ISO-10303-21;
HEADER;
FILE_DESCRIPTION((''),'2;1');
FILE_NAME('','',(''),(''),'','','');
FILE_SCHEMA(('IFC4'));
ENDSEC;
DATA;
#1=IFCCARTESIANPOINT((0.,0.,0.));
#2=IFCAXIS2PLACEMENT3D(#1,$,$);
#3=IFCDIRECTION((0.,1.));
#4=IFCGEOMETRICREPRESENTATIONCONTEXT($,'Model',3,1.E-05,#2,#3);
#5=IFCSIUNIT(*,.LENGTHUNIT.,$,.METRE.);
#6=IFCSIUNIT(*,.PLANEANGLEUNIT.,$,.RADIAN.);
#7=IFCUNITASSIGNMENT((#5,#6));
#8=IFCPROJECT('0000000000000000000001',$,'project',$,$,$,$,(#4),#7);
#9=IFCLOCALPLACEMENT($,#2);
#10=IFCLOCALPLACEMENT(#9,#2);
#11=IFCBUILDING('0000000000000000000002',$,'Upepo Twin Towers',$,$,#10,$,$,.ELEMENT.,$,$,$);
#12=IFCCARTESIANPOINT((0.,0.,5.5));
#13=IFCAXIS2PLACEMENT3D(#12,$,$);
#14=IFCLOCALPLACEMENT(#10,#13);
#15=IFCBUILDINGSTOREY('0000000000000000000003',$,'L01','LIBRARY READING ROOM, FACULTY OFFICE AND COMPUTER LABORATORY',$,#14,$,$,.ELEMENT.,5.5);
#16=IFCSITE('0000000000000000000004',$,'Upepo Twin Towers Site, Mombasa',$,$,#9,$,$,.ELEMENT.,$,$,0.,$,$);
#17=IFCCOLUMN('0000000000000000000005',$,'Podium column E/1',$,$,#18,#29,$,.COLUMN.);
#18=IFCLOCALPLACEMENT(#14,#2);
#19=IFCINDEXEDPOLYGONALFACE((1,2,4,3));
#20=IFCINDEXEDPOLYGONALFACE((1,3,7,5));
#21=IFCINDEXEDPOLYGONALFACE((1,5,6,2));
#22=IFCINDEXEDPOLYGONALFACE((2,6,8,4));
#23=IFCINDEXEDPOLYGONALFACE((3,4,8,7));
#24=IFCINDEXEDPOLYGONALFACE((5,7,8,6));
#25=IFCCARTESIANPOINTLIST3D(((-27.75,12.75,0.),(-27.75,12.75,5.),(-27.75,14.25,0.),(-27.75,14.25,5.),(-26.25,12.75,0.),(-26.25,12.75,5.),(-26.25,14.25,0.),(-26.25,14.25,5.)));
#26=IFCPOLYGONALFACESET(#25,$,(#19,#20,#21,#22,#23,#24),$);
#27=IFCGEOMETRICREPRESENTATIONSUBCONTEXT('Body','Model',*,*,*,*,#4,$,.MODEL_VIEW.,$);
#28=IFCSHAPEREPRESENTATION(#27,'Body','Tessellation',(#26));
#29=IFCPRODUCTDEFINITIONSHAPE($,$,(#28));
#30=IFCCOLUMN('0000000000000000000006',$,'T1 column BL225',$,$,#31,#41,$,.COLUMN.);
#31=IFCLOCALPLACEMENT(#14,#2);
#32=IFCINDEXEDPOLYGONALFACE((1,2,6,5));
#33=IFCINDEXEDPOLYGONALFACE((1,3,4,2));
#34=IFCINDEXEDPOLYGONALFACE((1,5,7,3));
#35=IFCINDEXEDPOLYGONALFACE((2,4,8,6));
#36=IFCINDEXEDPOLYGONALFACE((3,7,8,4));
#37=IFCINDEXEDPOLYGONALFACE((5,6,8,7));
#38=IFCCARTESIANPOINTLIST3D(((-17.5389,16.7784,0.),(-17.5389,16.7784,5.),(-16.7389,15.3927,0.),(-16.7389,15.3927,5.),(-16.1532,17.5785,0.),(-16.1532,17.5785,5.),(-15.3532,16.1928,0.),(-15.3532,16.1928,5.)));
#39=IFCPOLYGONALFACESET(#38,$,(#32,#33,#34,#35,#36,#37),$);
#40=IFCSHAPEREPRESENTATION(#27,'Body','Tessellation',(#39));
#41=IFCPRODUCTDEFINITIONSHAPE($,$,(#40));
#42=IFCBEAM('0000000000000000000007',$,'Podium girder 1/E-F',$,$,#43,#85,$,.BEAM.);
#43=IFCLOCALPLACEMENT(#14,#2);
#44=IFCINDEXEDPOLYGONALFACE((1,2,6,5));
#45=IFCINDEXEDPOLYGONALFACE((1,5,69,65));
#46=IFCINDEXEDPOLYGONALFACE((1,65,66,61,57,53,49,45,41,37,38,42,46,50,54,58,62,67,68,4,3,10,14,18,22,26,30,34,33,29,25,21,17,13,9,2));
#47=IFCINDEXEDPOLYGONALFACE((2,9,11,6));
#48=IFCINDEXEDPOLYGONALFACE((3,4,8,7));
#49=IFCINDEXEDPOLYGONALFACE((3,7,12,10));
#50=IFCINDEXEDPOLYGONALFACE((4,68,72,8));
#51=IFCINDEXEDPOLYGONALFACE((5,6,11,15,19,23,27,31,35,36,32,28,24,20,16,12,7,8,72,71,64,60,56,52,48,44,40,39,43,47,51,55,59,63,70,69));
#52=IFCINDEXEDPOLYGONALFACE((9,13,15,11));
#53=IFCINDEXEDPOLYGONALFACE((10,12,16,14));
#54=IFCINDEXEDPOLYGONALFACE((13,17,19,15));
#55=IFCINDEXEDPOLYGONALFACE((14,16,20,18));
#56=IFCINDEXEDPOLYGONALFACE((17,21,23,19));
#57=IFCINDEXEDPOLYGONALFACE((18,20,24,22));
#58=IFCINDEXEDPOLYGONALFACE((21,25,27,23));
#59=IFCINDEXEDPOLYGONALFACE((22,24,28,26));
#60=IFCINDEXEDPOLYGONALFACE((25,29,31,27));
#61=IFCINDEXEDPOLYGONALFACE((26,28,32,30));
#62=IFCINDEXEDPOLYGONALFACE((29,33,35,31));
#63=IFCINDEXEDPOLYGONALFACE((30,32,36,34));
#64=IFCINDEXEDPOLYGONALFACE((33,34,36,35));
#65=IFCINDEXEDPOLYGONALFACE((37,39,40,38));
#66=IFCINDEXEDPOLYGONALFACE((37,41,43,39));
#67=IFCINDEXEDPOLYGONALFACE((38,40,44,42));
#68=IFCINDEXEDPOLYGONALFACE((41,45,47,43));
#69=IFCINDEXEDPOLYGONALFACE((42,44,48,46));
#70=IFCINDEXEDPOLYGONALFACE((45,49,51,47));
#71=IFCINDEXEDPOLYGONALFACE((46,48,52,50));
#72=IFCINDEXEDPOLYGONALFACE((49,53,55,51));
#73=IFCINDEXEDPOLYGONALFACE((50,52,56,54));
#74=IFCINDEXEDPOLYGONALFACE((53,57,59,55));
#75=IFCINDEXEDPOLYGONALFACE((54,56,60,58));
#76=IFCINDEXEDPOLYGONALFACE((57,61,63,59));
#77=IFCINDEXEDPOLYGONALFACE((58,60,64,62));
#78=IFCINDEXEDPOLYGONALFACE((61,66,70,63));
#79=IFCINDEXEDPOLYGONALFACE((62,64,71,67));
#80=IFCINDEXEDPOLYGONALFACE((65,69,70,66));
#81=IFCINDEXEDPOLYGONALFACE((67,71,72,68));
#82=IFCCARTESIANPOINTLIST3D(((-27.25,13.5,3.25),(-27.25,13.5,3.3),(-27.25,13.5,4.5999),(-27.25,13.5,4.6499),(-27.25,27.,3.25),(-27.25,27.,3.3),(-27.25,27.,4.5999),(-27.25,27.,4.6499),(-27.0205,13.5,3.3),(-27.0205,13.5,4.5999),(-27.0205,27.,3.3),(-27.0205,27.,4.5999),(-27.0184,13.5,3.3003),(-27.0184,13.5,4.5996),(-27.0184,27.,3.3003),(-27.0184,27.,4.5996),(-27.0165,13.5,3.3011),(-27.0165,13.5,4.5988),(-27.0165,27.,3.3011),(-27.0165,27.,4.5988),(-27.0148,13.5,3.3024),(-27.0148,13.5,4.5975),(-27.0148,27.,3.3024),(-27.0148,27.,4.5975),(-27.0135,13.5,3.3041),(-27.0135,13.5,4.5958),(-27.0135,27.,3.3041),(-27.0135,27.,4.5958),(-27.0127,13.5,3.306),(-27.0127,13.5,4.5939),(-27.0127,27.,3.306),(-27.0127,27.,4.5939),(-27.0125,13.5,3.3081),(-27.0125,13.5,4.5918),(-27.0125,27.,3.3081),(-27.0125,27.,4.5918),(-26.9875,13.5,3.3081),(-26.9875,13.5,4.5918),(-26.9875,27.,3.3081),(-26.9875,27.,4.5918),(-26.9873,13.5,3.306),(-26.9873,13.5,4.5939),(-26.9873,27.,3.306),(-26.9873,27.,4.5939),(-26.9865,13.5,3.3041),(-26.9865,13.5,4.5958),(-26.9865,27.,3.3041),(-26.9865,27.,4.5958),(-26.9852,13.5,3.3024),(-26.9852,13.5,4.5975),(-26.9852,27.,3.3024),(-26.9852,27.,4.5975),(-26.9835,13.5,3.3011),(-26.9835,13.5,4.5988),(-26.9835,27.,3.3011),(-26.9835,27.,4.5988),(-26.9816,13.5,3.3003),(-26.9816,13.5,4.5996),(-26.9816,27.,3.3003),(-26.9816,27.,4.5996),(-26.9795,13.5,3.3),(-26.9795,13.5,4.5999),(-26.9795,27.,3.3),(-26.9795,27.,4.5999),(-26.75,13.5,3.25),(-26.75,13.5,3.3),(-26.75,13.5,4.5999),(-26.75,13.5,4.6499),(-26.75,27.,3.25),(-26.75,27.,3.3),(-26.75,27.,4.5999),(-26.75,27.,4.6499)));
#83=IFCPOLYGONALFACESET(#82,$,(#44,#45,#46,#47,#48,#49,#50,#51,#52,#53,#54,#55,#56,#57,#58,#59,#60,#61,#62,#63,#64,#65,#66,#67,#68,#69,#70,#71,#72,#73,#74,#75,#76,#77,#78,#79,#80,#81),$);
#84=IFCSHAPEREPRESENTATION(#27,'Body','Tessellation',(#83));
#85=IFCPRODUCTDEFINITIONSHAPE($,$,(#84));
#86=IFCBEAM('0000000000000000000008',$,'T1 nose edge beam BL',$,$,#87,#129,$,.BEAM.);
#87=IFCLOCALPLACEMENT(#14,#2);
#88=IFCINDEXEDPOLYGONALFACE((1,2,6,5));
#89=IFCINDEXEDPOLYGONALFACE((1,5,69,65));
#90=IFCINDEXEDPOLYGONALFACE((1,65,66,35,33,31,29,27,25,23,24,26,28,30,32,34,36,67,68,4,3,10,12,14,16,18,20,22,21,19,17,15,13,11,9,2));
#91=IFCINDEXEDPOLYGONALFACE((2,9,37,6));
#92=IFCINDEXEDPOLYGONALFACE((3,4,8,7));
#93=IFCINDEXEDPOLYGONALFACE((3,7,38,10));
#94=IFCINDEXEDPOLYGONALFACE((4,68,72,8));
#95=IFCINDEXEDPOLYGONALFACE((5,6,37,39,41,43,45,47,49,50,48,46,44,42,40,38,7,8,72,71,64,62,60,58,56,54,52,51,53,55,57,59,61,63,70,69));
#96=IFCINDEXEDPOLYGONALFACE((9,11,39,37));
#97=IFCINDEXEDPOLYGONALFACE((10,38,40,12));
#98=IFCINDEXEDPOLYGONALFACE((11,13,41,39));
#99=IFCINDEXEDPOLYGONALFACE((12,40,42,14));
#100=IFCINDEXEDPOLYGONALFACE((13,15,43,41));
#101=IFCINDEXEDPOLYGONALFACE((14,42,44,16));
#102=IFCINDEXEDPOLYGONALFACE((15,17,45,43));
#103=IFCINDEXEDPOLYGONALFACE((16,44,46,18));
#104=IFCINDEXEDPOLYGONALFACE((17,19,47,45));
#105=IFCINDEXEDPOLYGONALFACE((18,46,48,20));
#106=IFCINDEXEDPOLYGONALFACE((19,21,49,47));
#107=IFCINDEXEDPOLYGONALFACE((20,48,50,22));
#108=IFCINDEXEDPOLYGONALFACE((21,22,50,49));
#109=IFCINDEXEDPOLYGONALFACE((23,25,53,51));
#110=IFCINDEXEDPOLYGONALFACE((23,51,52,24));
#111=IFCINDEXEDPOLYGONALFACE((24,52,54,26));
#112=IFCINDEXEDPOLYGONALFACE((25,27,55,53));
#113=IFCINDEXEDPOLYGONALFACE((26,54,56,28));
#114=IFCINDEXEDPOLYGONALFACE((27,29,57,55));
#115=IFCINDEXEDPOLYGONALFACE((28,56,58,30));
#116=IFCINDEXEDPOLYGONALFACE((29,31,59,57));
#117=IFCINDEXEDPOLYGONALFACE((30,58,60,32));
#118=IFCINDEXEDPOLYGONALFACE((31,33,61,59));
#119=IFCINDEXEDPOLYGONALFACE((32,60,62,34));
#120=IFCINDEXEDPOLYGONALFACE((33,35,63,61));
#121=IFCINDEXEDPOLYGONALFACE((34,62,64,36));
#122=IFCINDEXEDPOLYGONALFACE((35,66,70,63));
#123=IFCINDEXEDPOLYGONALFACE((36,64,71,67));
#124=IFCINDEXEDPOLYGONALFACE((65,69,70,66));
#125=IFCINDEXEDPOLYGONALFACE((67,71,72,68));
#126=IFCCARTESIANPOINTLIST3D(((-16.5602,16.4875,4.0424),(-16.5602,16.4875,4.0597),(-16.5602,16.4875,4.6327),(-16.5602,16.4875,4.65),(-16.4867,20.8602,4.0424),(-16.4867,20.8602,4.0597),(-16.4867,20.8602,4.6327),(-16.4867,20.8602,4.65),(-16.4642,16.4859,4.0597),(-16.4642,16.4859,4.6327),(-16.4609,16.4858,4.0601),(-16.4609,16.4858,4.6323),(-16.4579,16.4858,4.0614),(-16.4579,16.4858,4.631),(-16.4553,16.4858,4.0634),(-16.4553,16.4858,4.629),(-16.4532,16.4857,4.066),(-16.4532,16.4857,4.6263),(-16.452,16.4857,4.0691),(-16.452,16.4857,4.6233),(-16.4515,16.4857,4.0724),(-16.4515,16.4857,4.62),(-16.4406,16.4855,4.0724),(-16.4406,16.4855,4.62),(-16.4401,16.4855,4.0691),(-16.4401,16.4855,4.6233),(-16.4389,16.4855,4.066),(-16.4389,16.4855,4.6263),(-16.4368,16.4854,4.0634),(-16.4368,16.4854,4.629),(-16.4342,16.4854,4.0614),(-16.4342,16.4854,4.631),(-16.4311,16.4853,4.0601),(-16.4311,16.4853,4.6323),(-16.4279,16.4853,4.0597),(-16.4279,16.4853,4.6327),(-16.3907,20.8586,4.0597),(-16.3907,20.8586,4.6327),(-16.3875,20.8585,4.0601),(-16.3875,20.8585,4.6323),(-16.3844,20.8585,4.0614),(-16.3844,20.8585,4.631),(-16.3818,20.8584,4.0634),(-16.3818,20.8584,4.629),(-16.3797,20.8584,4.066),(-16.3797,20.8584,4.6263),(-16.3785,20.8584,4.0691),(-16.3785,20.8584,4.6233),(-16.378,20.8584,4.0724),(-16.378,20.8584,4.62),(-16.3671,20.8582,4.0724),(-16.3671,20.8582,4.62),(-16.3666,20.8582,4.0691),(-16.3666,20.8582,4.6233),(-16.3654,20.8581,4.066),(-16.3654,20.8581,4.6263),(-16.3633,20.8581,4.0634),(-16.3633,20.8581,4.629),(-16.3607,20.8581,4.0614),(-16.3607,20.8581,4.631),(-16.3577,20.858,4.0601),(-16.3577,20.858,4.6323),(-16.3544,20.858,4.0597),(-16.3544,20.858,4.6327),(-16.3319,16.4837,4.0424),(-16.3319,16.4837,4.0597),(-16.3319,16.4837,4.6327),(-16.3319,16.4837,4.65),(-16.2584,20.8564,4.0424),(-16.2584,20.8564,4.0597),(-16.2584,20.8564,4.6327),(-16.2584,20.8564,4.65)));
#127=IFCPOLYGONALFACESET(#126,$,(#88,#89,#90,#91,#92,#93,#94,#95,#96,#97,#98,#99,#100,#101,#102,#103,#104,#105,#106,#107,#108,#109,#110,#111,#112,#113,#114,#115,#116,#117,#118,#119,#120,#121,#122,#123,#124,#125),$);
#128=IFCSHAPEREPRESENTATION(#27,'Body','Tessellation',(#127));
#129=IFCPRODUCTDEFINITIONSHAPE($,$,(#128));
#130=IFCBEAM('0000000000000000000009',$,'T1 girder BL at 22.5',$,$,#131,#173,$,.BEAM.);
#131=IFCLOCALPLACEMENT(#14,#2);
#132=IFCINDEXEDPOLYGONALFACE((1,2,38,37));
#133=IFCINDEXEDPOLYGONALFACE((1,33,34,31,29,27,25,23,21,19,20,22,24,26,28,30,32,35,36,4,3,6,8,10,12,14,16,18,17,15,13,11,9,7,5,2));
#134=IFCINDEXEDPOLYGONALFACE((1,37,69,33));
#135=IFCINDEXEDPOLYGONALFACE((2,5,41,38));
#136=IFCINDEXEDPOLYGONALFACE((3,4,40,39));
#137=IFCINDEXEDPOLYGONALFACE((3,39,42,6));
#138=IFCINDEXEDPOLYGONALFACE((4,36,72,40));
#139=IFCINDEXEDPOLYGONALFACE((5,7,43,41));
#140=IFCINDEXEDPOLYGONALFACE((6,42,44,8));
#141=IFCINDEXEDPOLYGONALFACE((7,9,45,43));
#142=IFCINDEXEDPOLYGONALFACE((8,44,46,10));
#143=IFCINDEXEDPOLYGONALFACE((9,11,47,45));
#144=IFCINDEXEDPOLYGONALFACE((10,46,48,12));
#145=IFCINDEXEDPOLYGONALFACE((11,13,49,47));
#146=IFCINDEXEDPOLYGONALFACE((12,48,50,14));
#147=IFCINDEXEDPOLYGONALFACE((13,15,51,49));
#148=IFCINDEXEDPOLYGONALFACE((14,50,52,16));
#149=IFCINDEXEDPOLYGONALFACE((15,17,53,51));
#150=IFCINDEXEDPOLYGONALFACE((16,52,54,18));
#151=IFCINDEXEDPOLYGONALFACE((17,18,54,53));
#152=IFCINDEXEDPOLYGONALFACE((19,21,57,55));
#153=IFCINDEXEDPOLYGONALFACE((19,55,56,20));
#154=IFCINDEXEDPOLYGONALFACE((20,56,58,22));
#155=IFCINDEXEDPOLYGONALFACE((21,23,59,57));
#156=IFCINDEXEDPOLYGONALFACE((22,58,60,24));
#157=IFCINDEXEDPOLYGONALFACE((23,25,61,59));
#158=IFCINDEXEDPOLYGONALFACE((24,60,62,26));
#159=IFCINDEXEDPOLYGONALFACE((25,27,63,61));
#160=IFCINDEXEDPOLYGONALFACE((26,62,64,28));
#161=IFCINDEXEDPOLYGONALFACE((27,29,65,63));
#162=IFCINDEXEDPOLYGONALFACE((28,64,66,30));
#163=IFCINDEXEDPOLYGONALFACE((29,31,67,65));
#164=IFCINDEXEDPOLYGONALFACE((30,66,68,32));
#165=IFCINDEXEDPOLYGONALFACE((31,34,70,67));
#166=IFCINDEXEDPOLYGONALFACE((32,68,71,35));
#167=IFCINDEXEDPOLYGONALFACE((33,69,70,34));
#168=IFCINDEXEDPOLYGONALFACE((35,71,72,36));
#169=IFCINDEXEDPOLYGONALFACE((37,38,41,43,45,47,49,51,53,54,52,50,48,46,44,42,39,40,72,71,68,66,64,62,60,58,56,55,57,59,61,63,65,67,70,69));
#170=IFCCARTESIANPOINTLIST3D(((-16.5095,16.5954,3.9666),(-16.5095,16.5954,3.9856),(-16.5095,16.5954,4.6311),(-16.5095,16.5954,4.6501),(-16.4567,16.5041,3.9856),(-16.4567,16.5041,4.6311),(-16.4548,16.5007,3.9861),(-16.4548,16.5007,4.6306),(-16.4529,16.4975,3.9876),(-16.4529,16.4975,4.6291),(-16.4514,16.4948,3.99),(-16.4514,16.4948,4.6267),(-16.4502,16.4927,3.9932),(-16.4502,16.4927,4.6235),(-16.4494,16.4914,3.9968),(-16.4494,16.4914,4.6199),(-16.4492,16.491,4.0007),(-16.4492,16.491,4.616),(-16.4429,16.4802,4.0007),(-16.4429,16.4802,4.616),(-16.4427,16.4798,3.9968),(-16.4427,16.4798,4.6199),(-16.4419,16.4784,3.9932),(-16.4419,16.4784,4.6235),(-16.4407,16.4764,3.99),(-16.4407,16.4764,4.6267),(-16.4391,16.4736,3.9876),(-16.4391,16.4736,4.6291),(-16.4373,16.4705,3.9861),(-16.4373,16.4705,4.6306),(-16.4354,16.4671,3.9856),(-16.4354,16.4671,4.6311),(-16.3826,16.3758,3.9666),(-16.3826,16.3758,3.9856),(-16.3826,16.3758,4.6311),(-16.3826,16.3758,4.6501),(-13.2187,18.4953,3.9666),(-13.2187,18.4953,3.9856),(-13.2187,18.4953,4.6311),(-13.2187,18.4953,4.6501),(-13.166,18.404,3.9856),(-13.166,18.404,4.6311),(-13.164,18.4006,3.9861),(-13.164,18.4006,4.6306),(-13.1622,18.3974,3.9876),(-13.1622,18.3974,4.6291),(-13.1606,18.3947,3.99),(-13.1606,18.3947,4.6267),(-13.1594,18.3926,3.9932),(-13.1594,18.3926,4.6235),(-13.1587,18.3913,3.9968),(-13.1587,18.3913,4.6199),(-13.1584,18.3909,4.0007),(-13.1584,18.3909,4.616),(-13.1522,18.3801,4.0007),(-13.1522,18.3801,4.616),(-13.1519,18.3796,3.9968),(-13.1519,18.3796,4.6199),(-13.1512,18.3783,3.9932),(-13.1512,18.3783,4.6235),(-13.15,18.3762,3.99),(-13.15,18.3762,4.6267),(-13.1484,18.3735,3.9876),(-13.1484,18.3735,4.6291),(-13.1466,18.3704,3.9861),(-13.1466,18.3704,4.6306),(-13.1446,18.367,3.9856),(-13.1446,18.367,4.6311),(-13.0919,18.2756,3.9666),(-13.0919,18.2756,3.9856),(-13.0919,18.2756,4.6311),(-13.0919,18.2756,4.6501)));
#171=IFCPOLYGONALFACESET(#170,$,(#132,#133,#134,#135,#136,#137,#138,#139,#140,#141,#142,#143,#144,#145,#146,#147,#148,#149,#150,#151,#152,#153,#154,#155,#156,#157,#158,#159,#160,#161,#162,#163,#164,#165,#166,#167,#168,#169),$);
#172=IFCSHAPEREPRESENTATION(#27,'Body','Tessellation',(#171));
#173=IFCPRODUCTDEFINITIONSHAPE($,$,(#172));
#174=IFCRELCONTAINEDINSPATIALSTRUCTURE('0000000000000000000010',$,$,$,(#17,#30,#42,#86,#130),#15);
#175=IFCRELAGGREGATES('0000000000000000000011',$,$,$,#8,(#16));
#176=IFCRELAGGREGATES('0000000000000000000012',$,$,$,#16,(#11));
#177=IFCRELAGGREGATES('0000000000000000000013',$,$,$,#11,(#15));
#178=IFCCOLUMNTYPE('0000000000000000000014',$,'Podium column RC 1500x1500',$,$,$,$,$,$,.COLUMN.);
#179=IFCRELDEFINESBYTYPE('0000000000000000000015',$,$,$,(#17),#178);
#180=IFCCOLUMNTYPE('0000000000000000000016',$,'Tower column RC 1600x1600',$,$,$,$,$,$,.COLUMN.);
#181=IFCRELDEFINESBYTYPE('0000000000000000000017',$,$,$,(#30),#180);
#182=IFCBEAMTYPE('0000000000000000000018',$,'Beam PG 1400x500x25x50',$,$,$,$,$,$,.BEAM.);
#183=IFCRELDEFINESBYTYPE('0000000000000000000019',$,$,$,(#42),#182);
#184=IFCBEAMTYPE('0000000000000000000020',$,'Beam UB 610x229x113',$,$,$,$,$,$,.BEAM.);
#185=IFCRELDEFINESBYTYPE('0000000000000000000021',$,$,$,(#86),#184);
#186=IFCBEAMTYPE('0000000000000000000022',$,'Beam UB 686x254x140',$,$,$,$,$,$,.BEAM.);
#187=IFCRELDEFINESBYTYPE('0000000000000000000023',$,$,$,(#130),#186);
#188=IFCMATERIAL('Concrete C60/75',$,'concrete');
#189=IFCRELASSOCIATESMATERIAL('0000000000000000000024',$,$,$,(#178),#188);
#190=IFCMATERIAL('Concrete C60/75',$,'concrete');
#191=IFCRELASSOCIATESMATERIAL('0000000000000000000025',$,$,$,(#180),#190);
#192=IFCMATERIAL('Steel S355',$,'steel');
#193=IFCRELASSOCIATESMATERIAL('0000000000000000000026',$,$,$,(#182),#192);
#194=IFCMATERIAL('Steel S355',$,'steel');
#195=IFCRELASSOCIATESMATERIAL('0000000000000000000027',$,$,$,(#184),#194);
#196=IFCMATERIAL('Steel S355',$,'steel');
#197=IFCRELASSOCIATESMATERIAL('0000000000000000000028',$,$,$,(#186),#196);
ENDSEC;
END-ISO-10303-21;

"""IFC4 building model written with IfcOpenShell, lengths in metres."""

from ifc_helpers import new_model, si_unit, direction, frame, origin, origin_2d, place, context, subcontext, project, spatial, rectangle, i_section, extrude, material, material_profile, profile_set, type_object, element, save


model = new_model("IFC4")

# Units and contexts
model_context = context("Model", 3, precision=1e-05, world=origin(), true_north=direction((0.0, 1.0)))
body_context = subcontext(model_context, "Body", "Model", "MODEL_VIEW")
ifc_project = project(units=[si_unit("LENGTHUNIT", "METRE"), si_unit("PLANEANGLEUNIT", "RADIAN")], contexts=[model_context])

# Site, building, storey
site_placement = place(None, origin())
site = spatial("IfcSite", under=ifc_project, at=site_placement, Name="Upepo Twin Towers Site, Mombasa", CompositionType="ELEMENT", RefElevation=0.0)
building_placement = place(site_placement, origin())
building = spatial("IfcBuilding", under=site, at=building_placement, Name="Upepo Twin Towers", CompositionType="ELEMENT")
storey_placement = place(building_placement, frame((0.0, 0.0, 5.5)))
storey = spatial("IfcBuildingStorey", under=building, at=storey_placement, Name="L01", Description="LIBRARY READING ROOM, FACULTY OFFICE AND COMPUTER LABORATORY", CompositionType="ELEMENT", Elevation=5.5)

# Columns
ifc_material_1 = material(Name="Concrete C60/75", Category="concrete")
ifc_material_profile_1 = material_profile(ifc_material_1, rectangle(XDim=1.5, YDim=1.5, at=origin_2d()), Name="RC 1500x1500")
ifc_profile_set_1 = profile_set([ifc_material_profile_1], Name="Concrete C60/75")
column_type_1 = type_object("IfcColumnType", Name="Podium column RC 1500x1500", PredefinedType="COLUMN", material=ifc_profile_set_1)
column_1_placement = place(storey_placement, frame((-27.0, 13.5, 0.0), z_axis=(0.0, 0.0, 1.0), x_axis=(1.0, 0.0, 0.0)))
element("IfcColumn", 1, at=column_1_placement, inside=storey, type_object=column_type_1, Name="Podium column E/1", PredefinedType="COLUMN", context=body_context, shape_type="SweptSolid", body=[
    extrude(rectangle(XDim=1.5, YDim=1.5, at=origin_2d()), origin(), (0.0, 0.0, 1.0), 5.0),
])
ifc_material_2 = material(Name="Concrete C60/75", Category="concrete")
ifc_material_profile_2 = material_profile(ifc_material_2, rectangle(XDim=1.6001, YDim=1.6001, at=origin_2d()), Name="RC 1600x1600")
ifc_profile_set_2 = profile_set([ifc_material_profile_2], Name="Concrete C60/75")
column_type_2 = type_object("IfcColumnType", Name="Tower column RC 1600x1600", PredefinedType="COLUMN", material=ifc_profile_set_2)
column_2_placement = place(storey_placement, frame((-16.446, 16.4856, 0.0), z_axis=(0.0, 0.0, 1.0), x_axis=(0.866025, 0.5, 0.0)))
element("IfcColumn", 2, at=column_2_placement, inside=storey, type_object=column_type_2, Name="T1 column BL225", PredefinedType="COLUMN", context=body_context, shape_type="SweptSolid", body=[
    extrude(rectangle(XDim=1.6001, YDim=1.6001, at=origin_2d()), origin(), (0.0, 0.0, 1.0), 5.0),
])

# Beams
ifc_material_3 = material(Name="Steel S355", Category="steel")
ifc_material_profile_3 = material_profile(ifc_material_3, i_section(OverallWidth=0.5, OverallDepth=1.3999, WebThickness=0.0249, FlangeThickness=0.05, FilletRadius=0.0081, at=origin_2d()), Name="PG 1400x500x25x50")
ifc_profile_set_3 = profile_set([ifc_material_profile_3], Name="Steel S355")
beam_type_1 = type_object("IfcBeamType", Name="Beam PG 1400x500x25x50", PredefinedType="BEAM", material=ifc_profile_set_3)
beam_1_placement = place(storey_placement, frame((-27.0, 13.5, 3.95), z_axis=(0.0, 1.0, 0.0), x_axis=(-1.0, 0.0, 0.0)))
element("IfcBeam", 3, at=beam_1_placement, inside=storey, type_object=beam_type_1, Name="Podium girder 1/E-F", PredefinedType="BEAM", context=body_context, shape_type="SweptSolid", body=[
    extrude(i_section(OverallWidth=0.5, OverallDepth=1.3999, WebThickness=0.0249, FlangeThickness=0.05, FilletRadius=0.0081, at=origin_2d()), origin(), (0.0, 0.0, 1.0), 13.5),
])
ifc_material_4 = material(Name="Steel S355", Category="steel")
ifc_material_profile_4 = material_profile(ifc_material_4, i_section(OverallWidth=0.2283, OverallDepth=0.6077, WebThickness=0.011, FlangeThickness=0.0173, FilletRadius=0.0127, at=origin_2d()), Name="UB 610x229x113")
ifc_profile_set_4 = profile_set([ifc_material_profile_4], Name="Steel S355")
beam_type_2 = type_object("IfcBeamType", Name="Beam UB 610x229x113", PredefinedType="BEAM", material=ifc_profile_set_4)
beam_2_placement = place(storey_placement, frame((-16.446, 16.4856, 4.3462), z_axis=(0.016804, 0.999859, 0.0), x_axis=(-0.999859, 0.016804, 0.0)))
element("IfcBeam", 4, at=beam_2_placement, inside=storey, type_object=beam_type_2, Name="T1 nose edge beam BL", PredefinedType="BEAM", context=body_context, shape_type="SweptSolid", body=[
    extrude(i_section(OverallWidth=0.2283, OverallDepth=0.6077, WebThickness=0.011, FlangeThickness=0.0173, FilletRadius=0.0127, at=origin_2d()), origin(), (0.0, 0.0, 1.0), 4.3733),
])
ifc_material_5 = material(Name="Steel S355", Category="steel")
ifc_material_profile_5 = material_profile(ifc_material_5, i_section(OverallWidth=0.2537, OverallDepth=0.6836, WebThickness=0.0125, FlangeThickness=0.019, FilletRadius=0.0151, at=origin_2d()), Name="UB 686x254x140")
ifc_profile_set_5 = profile_set([ifc_material_profile_5], Name="Steel S355")
beam_type_3 = type_object("IfcBeamType", Name="Beam UB 686x254x140", PredefinedType="BEAM", material=ifc_profile_set_5)
beam_3_placement = place(storey_placement, frame((-16.446, 16.4856, 4.3083), z_axis=(0.866028, 0.499995, 0.0), x_axis=(-0.499995, 0.866028, 0.0)))
element("IfcBeam", 5, at=beam_3_placement, inside=storey, type_object=beam_type_3, Name="T1 girder BL at 22.5", PredefinedType="BEAM", context=body_context, shape_type="SweptSolid", body=[
    extrude(i_section(OverallWidth=0.2537, OverallDepth=0.6836, WebThickness=0.0125, FlangeThickness=0.019, FilletRadius=0.0151, at=origin_2d()), origin(), (0.0, 0.0, 1.0), 3.7998),
])

save(model, "model.ifc")
